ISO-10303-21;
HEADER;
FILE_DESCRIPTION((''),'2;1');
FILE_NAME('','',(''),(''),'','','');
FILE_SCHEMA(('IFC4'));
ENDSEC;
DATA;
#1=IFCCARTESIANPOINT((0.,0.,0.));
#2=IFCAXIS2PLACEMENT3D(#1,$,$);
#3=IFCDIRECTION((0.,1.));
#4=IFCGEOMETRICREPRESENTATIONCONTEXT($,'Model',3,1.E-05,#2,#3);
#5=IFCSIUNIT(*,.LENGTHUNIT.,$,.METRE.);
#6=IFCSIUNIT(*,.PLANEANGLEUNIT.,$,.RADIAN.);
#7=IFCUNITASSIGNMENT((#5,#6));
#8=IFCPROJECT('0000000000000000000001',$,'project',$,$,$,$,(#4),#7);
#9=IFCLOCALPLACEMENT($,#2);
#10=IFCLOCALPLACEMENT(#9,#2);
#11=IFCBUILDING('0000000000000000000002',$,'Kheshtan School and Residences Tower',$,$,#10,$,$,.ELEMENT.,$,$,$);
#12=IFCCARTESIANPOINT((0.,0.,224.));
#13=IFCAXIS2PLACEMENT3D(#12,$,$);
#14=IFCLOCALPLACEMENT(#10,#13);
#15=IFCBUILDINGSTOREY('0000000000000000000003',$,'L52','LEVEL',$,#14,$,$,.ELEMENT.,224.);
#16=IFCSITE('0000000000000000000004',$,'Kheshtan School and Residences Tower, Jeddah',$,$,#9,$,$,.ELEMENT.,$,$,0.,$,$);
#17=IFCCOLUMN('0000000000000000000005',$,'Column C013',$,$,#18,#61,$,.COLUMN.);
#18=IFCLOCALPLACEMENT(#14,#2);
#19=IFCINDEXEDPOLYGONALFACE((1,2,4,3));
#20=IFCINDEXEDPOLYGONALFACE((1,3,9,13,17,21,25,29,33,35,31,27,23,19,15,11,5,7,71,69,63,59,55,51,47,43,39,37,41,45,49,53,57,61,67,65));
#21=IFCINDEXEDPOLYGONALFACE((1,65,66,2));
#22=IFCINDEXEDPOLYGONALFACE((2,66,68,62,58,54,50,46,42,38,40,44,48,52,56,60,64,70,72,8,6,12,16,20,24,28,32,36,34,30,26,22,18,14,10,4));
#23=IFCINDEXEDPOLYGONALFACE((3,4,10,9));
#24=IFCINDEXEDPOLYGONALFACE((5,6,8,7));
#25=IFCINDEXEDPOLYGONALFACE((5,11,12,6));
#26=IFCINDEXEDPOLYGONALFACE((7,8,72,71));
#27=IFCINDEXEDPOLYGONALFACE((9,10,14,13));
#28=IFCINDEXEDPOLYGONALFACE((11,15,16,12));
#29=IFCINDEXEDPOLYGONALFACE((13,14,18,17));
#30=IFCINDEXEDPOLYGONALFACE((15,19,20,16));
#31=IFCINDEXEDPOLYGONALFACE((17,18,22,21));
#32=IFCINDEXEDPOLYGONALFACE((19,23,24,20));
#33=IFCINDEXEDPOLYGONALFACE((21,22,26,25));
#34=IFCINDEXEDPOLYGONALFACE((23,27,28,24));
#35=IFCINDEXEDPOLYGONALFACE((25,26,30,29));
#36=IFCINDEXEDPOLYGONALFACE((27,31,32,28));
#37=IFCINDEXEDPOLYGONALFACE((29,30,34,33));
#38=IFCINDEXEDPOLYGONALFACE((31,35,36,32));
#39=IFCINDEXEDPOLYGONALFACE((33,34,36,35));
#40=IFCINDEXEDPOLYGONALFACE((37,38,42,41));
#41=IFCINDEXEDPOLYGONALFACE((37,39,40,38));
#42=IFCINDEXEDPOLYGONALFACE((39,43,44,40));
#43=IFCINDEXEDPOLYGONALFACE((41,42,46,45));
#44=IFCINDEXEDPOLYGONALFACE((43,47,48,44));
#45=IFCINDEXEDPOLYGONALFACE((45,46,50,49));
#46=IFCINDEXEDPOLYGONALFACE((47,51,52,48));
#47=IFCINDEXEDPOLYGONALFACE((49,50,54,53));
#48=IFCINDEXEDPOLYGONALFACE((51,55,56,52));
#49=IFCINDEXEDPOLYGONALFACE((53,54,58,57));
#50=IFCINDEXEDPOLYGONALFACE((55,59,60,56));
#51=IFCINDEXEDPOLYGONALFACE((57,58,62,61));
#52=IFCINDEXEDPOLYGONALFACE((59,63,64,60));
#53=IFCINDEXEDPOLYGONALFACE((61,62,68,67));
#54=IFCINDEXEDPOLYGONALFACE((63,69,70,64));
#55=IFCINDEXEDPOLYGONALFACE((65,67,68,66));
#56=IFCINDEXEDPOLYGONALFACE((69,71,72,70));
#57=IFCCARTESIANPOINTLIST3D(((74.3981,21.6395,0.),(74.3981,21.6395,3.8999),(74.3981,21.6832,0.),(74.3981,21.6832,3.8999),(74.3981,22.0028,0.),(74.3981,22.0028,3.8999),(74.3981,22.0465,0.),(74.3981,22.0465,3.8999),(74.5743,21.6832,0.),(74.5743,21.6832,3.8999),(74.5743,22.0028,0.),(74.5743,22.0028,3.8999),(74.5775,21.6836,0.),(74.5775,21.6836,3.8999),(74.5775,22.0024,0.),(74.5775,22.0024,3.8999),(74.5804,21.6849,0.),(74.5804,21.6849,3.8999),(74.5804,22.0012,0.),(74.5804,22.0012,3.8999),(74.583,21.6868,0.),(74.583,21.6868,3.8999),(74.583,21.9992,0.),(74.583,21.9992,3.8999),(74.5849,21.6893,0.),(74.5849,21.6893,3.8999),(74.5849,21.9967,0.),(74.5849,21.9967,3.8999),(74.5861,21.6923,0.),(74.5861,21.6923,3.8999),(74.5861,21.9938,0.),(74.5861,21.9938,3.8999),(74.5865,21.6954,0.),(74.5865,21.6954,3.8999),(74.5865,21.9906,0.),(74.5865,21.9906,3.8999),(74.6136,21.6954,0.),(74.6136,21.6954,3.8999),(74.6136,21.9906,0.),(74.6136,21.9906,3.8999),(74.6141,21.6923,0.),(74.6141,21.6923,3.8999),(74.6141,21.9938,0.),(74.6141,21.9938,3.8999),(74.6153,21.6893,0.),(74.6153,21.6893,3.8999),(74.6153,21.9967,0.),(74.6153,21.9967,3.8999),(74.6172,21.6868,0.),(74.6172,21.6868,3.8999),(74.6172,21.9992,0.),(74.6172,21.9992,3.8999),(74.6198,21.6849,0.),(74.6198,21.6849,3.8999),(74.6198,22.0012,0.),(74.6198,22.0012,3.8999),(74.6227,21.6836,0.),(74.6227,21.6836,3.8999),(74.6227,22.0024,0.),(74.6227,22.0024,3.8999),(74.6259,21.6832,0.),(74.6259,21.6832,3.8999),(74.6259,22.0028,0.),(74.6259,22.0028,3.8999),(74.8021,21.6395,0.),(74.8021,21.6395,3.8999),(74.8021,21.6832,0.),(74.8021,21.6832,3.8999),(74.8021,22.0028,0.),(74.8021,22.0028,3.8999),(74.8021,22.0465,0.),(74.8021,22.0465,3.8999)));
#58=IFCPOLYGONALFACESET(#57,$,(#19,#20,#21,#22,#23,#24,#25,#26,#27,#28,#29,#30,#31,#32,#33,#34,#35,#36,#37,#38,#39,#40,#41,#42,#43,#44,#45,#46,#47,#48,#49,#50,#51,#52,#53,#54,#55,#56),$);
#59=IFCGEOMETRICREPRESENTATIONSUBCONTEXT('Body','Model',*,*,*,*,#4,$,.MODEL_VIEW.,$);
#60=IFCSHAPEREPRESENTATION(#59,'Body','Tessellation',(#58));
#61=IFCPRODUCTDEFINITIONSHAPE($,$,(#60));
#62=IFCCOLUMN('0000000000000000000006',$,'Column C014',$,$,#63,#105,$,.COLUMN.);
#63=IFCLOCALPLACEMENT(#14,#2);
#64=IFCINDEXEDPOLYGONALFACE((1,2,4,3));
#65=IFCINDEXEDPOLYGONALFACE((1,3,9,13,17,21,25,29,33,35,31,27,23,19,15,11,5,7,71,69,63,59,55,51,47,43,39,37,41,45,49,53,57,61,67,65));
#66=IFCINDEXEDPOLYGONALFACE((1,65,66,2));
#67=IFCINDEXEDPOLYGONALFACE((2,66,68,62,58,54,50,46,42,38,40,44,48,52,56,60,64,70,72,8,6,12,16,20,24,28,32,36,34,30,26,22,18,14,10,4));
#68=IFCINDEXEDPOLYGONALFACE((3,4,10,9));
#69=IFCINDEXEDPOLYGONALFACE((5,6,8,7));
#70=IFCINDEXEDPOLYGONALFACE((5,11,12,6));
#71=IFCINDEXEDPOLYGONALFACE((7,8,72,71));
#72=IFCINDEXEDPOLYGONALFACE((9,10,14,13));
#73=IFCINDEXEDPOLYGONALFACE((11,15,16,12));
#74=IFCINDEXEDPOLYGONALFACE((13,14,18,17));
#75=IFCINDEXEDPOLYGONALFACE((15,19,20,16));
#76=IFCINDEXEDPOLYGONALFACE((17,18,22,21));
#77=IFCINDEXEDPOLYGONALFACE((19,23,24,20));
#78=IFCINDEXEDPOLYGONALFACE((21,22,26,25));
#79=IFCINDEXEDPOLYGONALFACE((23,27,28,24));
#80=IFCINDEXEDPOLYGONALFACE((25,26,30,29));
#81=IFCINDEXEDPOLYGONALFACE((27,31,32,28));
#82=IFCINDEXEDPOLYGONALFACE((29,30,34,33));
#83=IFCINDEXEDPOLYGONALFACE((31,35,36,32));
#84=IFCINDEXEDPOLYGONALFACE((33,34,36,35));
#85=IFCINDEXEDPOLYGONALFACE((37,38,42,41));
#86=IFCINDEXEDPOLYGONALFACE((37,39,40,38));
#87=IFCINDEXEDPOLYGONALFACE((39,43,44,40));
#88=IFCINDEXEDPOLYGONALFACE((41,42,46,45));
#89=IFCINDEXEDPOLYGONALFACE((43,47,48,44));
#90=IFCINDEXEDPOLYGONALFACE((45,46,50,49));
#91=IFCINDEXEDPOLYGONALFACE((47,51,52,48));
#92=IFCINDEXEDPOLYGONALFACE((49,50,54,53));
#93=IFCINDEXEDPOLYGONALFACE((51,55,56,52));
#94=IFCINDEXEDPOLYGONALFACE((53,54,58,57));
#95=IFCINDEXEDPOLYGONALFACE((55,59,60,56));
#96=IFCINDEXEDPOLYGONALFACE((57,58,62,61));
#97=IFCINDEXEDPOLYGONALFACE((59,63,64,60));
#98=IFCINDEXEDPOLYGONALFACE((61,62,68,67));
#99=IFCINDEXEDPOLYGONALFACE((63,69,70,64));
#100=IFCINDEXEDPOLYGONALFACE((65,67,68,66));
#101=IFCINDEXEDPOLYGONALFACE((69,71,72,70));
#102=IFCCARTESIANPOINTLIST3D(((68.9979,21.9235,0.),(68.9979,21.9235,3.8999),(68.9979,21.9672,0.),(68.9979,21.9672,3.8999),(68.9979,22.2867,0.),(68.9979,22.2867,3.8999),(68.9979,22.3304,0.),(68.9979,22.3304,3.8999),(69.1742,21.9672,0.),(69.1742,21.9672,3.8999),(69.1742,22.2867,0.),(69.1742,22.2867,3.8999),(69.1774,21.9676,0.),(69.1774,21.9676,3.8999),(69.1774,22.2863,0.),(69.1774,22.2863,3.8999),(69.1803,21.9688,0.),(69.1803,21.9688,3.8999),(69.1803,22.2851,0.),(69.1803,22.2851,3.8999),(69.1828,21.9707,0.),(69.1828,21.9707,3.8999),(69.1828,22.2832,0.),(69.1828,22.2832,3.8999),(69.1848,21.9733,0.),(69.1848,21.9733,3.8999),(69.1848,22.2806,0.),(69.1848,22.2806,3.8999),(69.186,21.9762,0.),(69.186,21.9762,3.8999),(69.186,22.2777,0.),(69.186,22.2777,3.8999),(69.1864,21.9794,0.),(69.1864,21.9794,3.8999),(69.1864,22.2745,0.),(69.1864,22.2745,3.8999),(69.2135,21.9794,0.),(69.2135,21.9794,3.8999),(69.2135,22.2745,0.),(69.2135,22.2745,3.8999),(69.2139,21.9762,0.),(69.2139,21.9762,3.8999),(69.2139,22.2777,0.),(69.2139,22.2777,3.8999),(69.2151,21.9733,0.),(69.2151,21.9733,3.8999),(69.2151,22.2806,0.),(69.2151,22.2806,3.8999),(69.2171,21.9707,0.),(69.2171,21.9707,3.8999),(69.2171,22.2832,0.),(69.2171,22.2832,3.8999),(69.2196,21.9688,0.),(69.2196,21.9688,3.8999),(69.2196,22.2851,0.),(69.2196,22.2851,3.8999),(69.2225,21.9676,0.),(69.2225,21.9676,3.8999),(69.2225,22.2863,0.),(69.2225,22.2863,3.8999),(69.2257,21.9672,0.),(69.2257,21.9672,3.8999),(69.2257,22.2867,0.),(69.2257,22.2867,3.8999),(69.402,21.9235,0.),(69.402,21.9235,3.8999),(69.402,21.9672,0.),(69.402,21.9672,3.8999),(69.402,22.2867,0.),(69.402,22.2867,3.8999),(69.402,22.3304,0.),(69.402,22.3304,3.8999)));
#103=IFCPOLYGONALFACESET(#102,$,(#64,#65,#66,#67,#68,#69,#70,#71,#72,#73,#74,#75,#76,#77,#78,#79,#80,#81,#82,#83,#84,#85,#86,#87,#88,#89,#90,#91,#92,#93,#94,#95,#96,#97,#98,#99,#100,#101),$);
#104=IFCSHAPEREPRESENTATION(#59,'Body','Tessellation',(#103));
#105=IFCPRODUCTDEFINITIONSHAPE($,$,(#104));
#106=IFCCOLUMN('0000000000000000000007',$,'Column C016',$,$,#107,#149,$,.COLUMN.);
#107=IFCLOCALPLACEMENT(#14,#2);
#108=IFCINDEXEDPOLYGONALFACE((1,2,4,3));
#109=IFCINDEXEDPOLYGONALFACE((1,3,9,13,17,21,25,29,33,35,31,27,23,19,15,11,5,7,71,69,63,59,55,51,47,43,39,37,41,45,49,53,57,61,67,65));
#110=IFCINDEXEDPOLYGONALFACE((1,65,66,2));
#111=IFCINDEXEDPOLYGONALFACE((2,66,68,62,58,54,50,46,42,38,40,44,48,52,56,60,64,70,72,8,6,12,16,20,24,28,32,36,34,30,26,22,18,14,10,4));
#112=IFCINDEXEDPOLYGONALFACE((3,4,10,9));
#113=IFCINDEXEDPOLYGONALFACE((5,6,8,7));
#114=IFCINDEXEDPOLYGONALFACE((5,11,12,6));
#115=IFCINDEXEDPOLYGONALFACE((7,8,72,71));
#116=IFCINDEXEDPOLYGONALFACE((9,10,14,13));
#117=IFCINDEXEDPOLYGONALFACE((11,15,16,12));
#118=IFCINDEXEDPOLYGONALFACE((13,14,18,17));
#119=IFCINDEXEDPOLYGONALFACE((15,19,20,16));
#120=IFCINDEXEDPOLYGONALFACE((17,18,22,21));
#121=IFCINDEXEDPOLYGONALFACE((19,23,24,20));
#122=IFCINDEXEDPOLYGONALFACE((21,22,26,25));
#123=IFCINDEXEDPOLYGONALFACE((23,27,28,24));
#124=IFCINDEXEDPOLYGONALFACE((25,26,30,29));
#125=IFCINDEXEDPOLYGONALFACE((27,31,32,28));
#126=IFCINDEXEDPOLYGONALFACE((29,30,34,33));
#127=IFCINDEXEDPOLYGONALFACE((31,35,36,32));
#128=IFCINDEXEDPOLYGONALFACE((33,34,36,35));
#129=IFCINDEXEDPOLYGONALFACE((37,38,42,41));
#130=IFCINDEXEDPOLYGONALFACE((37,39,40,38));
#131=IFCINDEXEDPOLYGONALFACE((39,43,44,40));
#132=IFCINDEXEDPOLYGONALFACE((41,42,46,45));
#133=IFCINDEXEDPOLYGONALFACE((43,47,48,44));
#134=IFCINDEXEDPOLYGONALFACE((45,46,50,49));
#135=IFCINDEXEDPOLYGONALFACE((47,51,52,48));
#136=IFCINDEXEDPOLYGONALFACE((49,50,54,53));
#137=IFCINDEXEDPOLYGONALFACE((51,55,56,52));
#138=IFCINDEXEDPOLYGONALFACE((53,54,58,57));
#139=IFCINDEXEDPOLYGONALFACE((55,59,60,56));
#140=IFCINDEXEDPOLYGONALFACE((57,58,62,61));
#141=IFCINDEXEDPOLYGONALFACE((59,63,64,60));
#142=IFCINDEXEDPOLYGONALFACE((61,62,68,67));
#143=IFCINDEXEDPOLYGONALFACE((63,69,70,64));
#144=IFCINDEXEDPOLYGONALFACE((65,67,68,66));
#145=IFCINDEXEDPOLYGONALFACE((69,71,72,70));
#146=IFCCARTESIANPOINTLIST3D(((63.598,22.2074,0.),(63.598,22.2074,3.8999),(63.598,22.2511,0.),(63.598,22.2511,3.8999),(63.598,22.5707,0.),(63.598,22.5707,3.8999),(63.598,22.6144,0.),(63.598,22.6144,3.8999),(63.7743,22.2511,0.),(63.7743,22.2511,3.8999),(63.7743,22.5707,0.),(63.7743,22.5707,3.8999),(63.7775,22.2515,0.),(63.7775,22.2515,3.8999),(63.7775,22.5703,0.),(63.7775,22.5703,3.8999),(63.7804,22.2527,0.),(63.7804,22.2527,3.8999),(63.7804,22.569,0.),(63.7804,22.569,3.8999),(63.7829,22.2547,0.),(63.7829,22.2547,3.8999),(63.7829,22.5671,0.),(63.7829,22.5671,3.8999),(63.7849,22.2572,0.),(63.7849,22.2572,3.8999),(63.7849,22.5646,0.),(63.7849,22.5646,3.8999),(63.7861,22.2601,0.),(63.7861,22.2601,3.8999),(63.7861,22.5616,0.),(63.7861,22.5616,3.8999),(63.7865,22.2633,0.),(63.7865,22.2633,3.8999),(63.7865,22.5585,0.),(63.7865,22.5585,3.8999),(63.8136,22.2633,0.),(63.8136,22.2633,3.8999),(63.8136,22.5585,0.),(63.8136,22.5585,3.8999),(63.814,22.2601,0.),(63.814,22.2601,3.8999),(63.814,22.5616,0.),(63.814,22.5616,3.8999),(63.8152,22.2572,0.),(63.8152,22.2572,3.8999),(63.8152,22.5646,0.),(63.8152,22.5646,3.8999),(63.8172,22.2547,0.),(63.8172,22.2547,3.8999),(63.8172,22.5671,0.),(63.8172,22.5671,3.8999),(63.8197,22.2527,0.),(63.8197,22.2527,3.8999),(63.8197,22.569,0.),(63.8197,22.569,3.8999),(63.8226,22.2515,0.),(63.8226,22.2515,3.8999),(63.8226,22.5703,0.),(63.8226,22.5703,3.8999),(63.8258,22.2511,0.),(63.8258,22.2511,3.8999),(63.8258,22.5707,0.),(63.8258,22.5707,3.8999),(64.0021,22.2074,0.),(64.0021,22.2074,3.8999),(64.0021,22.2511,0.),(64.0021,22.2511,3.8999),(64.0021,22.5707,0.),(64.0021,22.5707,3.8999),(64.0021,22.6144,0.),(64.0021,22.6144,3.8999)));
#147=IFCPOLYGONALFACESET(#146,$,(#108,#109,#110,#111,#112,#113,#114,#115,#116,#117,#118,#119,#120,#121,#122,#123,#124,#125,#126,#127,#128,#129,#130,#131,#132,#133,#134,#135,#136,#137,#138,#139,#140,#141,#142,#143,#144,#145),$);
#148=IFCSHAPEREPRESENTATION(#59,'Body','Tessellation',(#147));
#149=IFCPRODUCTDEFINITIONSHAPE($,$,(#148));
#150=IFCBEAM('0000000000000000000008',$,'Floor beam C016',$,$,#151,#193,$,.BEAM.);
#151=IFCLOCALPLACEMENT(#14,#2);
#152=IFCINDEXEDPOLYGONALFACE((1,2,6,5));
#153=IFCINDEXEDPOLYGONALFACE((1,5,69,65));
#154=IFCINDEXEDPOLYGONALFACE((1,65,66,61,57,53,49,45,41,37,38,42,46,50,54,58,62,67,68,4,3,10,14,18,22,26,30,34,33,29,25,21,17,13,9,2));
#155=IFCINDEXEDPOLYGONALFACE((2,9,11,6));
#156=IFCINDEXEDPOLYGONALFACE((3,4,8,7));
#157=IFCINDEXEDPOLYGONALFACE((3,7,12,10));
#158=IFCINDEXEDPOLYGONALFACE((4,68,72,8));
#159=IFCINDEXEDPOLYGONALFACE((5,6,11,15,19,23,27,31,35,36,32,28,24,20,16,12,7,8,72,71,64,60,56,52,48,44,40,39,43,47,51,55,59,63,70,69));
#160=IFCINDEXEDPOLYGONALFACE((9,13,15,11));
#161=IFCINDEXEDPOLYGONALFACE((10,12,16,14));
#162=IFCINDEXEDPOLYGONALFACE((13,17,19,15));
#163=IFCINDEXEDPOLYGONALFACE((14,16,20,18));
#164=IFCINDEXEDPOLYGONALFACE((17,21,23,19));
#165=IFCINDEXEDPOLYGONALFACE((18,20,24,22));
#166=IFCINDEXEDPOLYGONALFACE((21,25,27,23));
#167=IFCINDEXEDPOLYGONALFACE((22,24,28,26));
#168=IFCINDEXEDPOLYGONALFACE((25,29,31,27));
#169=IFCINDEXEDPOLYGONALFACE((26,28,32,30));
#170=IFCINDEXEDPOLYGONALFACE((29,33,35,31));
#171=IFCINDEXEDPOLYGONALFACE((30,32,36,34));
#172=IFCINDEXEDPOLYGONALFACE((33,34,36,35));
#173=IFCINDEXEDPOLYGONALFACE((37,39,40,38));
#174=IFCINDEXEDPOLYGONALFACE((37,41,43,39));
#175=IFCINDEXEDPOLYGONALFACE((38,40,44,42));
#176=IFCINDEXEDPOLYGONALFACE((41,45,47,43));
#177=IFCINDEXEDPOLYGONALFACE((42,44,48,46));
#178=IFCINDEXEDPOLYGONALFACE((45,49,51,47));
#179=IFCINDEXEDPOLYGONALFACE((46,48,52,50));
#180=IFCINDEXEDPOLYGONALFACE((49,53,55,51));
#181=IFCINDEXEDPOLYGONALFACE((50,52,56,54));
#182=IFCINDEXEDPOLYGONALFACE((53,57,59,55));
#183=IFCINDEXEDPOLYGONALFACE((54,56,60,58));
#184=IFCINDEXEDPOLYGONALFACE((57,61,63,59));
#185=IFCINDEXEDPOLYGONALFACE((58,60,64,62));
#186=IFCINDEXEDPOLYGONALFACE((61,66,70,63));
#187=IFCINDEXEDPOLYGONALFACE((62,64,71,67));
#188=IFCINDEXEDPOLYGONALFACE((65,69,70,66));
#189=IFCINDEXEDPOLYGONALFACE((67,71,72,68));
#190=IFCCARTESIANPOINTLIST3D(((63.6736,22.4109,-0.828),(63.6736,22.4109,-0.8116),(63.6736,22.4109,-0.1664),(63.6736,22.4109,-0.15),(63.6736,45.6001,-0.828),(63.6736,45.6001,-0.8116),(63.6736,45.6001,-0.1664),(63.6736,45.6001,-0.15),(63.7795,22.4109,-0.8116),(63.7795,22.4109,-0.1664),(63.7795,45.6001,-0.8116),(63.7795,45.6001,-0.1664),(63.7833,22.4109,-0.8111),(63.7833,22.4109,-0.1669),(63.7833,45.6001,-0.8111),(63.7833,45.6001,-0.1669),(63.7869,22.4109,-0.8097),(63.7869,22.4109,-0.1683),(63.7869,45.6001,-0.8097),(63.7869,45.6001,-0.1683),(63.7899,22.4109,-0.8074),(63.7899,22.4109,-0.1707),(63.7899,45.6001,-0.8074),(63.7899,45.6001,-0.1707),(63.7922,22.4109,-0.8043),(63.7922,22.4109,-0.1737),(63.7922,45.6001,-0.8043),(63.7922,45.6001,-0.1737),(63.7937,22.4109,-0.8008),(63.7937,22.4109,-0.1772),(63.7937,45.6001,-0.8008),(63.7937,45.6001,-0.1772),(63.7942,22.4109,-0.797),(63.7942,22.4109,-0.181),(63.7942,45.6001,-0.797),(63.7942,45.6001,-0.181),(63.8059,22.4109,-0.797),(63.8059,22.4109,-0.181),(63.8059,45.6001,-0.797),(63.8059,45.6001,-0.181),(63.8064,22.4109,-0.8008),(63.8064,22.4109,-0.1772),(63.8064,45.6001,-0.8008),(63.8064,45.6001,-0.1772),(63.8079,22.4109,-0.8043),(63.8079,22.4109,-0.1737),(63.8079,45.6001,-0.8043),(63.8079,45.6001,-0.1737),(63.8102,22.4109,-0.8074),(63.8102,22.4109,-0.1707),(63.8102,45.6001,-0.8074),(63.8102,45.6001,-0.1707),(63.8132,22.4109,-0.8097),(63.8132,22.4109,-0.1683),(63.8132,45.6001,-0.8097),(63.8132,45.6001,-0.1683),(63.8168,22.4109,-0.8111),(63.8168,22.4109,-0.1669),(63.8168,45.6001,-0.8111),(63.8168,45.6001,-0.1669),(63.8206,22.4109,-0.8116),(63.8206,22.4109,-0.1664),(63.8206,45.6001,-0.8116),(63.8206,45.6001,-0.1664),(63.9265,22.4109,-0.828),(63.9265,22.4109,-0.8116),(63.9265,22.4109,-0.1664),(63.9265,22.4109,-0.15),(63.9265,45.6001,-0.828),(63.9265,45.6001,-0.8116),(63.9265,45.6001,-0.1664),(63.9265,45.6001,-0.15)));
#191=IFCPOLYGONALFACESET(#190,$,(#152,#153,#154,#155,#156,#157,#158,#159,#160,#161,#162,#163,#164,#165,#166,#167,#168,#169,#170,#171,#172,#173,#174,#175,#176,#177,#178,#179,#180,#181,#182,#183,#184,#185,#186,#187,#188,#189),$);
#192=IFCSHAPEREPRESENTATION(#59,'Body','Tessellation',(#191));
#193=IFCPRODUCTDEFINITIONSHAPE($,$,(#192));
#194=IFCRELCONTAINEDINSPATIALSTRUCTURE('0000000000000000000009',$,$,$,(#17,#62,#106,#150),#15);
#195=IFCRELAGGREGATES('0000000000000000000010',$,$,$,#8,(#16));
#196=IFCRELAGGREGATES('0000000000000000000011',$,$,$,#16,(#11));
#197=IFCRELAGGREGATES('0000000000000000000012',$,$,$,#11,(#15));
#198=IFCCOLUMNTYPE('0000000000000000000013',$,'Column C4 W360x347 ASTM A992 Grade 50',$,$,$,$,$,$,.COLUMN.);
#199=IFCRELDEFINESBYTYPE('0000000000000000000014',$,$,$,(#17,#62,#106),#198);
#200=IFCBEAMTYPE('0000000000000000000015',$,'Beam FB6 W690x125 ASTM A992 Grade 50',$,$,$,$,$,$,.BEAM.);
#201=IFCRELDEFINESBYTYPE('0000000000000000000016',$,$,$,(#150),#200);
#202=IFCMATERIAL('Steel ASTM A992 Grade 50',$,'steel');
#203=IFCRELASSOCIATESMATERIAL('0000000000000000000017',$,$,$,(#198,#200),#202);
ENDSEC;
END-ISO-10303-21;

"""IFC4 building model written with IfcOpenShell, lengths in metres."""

from ifc_helpers import new_model, si_unit, direction, frame, origin, origin_2d, place, context, subcontext, project, spatial, i_section, extrude, material, material_profile, profile_set, type_object, element, save


model = new_model("IFC4")

# Units and contexts
model_context = context("Model", 3, precision=1e-05, world=origin(), true_north=direction((0.0, 1.0)))
body_context = subcontext(model_context, "Body", "Model", "MODEL_VIEW")
ifc_project = project(units=[si_unit("LENGTHUNIT", "METRE"), si_unit("PLANEANGLEUNIT", "RADIAN")], contexts=[model_context])

# Site, building, storey
site_placement = place(None, origin())
site = spatial("IfcSite", under=ifc_project, at=site_placement, Name="Kheshtan School and Residences Tower, Jeddah", CompositionType="ELEMENT", RefElevation=0.0)
building_placement = place(site_placement, origin())
building = spatial("IfcBuilding", under=site, at=building_placement, Name="Kheshtan School and Residences Tower", CompositionType="ELEMENT")
storey_placement = place(building_placement, frame((0.0, 0.0, 224.0)))
storey = spatial("IfcBuildingStorey", under=building, at=storey_placement, Name="L52", Description="LEVEL", CompositionType="ELEMENT", Elevation=224.0)

# Columns
ifc_material_1 = material(Name="Steel ASTM A992 Grade 50", Category="steel")
ifc_material_profile_1 = material_profile(ifc_material_1, i_section(OverallWidth=0.4041, OverallDepth=0.407, WebThickness=0.0271, FlangeThickness=0.0437, FilletRadius=0.0122, at=origin_2d()), Name="W360x347")
ifc_profile_set_1 = profile_set([ifc_material_profile_1], Name="Steel ASTM A992 Grade 50")
column_type = type_object("IfcColumnType", Name="Column C4 W360x347 ASTM A992 Grade 50", PredefinedType="COLUMN", material=ifc_profile_set_1)
for number, where, z_axis, x_axis, name in (
    (1, (74.6001, 21.843, 0.0), (0.0, 0.0, 1.0), (1.0, 0.0, 0.0), "Column C013"),
    (2, (69.2, 22.127, 0.0), (0.0, 0.0, 1.0), (1.0, 0.0, 0.0), "Column C014"),
    (3, (63.8, 22.4109, 0.0), (0.0, 0.0, 1.0), (1.0, 0.0, 0.0), "Column C016"),
):
    element("IfcColumn", number, at=place(storey_placement, frame(where, z_axis=z_axis, x_axis=x_axis)), inside=storey, type_object=column_type, Name=name, PredefinedType="COLUMN", context=body_context, shape_type="SweptSolid", body=[
        extrude(i_section(OverallWidth=0.4041, OverallDepth=0.407, WebThickness=0.0271, FlangeThickness=0.0437, FilletRadius=0.0122, at=origin_2d()), origin(), (0.0, 0.0, 1.0), 3.8999),
    ])

# Beam
ifc_material_profile_2 = material_profile(ifc_material_1, i_section(OverallWidth=0.2529, OverallDepth=0.678, WebThickness=0.0117, FlangeThickness=0.0164, FilletRadius=0.0146, at=origin_2d()), Name="W690x125")
ifc_profile_set_2 = profile_set([ifc_material_profile_2], Name="Steel ASTM A992 Grade 50")
beam_type_1 = type_object("IfcBeamType", Name="Beam FB6 W690x125 ASTM A992 Grade 50", PredefinedType="BEAM", material=ifc_profile_set_2)
beam_1_placement = place(storey_placement, frame((63.8, 22.4109, -0.489), z_axis=(0.0, 1.0, 0.0), x_axis=(-1.0, 0.0, 0.0)))
element("IfcBeam", 4, at=beam_1_placement, inside=storey, type_object=beam_type_1, Name="Floor beam C016", PredefinedType="BEAM", context=body_context, shape_type="SweptSolid", body=[
    extrude(i_section(OverallWidth=0.2529, OverallDepth=0.678, WebThickness=0.0117, FlangeThickness=0.0164, FilletRadius=0.0146, at=origin_2d()), origin(), (0.0, 0.0, 1.0), 23.1892),
])

save(model, "model.ifc")
